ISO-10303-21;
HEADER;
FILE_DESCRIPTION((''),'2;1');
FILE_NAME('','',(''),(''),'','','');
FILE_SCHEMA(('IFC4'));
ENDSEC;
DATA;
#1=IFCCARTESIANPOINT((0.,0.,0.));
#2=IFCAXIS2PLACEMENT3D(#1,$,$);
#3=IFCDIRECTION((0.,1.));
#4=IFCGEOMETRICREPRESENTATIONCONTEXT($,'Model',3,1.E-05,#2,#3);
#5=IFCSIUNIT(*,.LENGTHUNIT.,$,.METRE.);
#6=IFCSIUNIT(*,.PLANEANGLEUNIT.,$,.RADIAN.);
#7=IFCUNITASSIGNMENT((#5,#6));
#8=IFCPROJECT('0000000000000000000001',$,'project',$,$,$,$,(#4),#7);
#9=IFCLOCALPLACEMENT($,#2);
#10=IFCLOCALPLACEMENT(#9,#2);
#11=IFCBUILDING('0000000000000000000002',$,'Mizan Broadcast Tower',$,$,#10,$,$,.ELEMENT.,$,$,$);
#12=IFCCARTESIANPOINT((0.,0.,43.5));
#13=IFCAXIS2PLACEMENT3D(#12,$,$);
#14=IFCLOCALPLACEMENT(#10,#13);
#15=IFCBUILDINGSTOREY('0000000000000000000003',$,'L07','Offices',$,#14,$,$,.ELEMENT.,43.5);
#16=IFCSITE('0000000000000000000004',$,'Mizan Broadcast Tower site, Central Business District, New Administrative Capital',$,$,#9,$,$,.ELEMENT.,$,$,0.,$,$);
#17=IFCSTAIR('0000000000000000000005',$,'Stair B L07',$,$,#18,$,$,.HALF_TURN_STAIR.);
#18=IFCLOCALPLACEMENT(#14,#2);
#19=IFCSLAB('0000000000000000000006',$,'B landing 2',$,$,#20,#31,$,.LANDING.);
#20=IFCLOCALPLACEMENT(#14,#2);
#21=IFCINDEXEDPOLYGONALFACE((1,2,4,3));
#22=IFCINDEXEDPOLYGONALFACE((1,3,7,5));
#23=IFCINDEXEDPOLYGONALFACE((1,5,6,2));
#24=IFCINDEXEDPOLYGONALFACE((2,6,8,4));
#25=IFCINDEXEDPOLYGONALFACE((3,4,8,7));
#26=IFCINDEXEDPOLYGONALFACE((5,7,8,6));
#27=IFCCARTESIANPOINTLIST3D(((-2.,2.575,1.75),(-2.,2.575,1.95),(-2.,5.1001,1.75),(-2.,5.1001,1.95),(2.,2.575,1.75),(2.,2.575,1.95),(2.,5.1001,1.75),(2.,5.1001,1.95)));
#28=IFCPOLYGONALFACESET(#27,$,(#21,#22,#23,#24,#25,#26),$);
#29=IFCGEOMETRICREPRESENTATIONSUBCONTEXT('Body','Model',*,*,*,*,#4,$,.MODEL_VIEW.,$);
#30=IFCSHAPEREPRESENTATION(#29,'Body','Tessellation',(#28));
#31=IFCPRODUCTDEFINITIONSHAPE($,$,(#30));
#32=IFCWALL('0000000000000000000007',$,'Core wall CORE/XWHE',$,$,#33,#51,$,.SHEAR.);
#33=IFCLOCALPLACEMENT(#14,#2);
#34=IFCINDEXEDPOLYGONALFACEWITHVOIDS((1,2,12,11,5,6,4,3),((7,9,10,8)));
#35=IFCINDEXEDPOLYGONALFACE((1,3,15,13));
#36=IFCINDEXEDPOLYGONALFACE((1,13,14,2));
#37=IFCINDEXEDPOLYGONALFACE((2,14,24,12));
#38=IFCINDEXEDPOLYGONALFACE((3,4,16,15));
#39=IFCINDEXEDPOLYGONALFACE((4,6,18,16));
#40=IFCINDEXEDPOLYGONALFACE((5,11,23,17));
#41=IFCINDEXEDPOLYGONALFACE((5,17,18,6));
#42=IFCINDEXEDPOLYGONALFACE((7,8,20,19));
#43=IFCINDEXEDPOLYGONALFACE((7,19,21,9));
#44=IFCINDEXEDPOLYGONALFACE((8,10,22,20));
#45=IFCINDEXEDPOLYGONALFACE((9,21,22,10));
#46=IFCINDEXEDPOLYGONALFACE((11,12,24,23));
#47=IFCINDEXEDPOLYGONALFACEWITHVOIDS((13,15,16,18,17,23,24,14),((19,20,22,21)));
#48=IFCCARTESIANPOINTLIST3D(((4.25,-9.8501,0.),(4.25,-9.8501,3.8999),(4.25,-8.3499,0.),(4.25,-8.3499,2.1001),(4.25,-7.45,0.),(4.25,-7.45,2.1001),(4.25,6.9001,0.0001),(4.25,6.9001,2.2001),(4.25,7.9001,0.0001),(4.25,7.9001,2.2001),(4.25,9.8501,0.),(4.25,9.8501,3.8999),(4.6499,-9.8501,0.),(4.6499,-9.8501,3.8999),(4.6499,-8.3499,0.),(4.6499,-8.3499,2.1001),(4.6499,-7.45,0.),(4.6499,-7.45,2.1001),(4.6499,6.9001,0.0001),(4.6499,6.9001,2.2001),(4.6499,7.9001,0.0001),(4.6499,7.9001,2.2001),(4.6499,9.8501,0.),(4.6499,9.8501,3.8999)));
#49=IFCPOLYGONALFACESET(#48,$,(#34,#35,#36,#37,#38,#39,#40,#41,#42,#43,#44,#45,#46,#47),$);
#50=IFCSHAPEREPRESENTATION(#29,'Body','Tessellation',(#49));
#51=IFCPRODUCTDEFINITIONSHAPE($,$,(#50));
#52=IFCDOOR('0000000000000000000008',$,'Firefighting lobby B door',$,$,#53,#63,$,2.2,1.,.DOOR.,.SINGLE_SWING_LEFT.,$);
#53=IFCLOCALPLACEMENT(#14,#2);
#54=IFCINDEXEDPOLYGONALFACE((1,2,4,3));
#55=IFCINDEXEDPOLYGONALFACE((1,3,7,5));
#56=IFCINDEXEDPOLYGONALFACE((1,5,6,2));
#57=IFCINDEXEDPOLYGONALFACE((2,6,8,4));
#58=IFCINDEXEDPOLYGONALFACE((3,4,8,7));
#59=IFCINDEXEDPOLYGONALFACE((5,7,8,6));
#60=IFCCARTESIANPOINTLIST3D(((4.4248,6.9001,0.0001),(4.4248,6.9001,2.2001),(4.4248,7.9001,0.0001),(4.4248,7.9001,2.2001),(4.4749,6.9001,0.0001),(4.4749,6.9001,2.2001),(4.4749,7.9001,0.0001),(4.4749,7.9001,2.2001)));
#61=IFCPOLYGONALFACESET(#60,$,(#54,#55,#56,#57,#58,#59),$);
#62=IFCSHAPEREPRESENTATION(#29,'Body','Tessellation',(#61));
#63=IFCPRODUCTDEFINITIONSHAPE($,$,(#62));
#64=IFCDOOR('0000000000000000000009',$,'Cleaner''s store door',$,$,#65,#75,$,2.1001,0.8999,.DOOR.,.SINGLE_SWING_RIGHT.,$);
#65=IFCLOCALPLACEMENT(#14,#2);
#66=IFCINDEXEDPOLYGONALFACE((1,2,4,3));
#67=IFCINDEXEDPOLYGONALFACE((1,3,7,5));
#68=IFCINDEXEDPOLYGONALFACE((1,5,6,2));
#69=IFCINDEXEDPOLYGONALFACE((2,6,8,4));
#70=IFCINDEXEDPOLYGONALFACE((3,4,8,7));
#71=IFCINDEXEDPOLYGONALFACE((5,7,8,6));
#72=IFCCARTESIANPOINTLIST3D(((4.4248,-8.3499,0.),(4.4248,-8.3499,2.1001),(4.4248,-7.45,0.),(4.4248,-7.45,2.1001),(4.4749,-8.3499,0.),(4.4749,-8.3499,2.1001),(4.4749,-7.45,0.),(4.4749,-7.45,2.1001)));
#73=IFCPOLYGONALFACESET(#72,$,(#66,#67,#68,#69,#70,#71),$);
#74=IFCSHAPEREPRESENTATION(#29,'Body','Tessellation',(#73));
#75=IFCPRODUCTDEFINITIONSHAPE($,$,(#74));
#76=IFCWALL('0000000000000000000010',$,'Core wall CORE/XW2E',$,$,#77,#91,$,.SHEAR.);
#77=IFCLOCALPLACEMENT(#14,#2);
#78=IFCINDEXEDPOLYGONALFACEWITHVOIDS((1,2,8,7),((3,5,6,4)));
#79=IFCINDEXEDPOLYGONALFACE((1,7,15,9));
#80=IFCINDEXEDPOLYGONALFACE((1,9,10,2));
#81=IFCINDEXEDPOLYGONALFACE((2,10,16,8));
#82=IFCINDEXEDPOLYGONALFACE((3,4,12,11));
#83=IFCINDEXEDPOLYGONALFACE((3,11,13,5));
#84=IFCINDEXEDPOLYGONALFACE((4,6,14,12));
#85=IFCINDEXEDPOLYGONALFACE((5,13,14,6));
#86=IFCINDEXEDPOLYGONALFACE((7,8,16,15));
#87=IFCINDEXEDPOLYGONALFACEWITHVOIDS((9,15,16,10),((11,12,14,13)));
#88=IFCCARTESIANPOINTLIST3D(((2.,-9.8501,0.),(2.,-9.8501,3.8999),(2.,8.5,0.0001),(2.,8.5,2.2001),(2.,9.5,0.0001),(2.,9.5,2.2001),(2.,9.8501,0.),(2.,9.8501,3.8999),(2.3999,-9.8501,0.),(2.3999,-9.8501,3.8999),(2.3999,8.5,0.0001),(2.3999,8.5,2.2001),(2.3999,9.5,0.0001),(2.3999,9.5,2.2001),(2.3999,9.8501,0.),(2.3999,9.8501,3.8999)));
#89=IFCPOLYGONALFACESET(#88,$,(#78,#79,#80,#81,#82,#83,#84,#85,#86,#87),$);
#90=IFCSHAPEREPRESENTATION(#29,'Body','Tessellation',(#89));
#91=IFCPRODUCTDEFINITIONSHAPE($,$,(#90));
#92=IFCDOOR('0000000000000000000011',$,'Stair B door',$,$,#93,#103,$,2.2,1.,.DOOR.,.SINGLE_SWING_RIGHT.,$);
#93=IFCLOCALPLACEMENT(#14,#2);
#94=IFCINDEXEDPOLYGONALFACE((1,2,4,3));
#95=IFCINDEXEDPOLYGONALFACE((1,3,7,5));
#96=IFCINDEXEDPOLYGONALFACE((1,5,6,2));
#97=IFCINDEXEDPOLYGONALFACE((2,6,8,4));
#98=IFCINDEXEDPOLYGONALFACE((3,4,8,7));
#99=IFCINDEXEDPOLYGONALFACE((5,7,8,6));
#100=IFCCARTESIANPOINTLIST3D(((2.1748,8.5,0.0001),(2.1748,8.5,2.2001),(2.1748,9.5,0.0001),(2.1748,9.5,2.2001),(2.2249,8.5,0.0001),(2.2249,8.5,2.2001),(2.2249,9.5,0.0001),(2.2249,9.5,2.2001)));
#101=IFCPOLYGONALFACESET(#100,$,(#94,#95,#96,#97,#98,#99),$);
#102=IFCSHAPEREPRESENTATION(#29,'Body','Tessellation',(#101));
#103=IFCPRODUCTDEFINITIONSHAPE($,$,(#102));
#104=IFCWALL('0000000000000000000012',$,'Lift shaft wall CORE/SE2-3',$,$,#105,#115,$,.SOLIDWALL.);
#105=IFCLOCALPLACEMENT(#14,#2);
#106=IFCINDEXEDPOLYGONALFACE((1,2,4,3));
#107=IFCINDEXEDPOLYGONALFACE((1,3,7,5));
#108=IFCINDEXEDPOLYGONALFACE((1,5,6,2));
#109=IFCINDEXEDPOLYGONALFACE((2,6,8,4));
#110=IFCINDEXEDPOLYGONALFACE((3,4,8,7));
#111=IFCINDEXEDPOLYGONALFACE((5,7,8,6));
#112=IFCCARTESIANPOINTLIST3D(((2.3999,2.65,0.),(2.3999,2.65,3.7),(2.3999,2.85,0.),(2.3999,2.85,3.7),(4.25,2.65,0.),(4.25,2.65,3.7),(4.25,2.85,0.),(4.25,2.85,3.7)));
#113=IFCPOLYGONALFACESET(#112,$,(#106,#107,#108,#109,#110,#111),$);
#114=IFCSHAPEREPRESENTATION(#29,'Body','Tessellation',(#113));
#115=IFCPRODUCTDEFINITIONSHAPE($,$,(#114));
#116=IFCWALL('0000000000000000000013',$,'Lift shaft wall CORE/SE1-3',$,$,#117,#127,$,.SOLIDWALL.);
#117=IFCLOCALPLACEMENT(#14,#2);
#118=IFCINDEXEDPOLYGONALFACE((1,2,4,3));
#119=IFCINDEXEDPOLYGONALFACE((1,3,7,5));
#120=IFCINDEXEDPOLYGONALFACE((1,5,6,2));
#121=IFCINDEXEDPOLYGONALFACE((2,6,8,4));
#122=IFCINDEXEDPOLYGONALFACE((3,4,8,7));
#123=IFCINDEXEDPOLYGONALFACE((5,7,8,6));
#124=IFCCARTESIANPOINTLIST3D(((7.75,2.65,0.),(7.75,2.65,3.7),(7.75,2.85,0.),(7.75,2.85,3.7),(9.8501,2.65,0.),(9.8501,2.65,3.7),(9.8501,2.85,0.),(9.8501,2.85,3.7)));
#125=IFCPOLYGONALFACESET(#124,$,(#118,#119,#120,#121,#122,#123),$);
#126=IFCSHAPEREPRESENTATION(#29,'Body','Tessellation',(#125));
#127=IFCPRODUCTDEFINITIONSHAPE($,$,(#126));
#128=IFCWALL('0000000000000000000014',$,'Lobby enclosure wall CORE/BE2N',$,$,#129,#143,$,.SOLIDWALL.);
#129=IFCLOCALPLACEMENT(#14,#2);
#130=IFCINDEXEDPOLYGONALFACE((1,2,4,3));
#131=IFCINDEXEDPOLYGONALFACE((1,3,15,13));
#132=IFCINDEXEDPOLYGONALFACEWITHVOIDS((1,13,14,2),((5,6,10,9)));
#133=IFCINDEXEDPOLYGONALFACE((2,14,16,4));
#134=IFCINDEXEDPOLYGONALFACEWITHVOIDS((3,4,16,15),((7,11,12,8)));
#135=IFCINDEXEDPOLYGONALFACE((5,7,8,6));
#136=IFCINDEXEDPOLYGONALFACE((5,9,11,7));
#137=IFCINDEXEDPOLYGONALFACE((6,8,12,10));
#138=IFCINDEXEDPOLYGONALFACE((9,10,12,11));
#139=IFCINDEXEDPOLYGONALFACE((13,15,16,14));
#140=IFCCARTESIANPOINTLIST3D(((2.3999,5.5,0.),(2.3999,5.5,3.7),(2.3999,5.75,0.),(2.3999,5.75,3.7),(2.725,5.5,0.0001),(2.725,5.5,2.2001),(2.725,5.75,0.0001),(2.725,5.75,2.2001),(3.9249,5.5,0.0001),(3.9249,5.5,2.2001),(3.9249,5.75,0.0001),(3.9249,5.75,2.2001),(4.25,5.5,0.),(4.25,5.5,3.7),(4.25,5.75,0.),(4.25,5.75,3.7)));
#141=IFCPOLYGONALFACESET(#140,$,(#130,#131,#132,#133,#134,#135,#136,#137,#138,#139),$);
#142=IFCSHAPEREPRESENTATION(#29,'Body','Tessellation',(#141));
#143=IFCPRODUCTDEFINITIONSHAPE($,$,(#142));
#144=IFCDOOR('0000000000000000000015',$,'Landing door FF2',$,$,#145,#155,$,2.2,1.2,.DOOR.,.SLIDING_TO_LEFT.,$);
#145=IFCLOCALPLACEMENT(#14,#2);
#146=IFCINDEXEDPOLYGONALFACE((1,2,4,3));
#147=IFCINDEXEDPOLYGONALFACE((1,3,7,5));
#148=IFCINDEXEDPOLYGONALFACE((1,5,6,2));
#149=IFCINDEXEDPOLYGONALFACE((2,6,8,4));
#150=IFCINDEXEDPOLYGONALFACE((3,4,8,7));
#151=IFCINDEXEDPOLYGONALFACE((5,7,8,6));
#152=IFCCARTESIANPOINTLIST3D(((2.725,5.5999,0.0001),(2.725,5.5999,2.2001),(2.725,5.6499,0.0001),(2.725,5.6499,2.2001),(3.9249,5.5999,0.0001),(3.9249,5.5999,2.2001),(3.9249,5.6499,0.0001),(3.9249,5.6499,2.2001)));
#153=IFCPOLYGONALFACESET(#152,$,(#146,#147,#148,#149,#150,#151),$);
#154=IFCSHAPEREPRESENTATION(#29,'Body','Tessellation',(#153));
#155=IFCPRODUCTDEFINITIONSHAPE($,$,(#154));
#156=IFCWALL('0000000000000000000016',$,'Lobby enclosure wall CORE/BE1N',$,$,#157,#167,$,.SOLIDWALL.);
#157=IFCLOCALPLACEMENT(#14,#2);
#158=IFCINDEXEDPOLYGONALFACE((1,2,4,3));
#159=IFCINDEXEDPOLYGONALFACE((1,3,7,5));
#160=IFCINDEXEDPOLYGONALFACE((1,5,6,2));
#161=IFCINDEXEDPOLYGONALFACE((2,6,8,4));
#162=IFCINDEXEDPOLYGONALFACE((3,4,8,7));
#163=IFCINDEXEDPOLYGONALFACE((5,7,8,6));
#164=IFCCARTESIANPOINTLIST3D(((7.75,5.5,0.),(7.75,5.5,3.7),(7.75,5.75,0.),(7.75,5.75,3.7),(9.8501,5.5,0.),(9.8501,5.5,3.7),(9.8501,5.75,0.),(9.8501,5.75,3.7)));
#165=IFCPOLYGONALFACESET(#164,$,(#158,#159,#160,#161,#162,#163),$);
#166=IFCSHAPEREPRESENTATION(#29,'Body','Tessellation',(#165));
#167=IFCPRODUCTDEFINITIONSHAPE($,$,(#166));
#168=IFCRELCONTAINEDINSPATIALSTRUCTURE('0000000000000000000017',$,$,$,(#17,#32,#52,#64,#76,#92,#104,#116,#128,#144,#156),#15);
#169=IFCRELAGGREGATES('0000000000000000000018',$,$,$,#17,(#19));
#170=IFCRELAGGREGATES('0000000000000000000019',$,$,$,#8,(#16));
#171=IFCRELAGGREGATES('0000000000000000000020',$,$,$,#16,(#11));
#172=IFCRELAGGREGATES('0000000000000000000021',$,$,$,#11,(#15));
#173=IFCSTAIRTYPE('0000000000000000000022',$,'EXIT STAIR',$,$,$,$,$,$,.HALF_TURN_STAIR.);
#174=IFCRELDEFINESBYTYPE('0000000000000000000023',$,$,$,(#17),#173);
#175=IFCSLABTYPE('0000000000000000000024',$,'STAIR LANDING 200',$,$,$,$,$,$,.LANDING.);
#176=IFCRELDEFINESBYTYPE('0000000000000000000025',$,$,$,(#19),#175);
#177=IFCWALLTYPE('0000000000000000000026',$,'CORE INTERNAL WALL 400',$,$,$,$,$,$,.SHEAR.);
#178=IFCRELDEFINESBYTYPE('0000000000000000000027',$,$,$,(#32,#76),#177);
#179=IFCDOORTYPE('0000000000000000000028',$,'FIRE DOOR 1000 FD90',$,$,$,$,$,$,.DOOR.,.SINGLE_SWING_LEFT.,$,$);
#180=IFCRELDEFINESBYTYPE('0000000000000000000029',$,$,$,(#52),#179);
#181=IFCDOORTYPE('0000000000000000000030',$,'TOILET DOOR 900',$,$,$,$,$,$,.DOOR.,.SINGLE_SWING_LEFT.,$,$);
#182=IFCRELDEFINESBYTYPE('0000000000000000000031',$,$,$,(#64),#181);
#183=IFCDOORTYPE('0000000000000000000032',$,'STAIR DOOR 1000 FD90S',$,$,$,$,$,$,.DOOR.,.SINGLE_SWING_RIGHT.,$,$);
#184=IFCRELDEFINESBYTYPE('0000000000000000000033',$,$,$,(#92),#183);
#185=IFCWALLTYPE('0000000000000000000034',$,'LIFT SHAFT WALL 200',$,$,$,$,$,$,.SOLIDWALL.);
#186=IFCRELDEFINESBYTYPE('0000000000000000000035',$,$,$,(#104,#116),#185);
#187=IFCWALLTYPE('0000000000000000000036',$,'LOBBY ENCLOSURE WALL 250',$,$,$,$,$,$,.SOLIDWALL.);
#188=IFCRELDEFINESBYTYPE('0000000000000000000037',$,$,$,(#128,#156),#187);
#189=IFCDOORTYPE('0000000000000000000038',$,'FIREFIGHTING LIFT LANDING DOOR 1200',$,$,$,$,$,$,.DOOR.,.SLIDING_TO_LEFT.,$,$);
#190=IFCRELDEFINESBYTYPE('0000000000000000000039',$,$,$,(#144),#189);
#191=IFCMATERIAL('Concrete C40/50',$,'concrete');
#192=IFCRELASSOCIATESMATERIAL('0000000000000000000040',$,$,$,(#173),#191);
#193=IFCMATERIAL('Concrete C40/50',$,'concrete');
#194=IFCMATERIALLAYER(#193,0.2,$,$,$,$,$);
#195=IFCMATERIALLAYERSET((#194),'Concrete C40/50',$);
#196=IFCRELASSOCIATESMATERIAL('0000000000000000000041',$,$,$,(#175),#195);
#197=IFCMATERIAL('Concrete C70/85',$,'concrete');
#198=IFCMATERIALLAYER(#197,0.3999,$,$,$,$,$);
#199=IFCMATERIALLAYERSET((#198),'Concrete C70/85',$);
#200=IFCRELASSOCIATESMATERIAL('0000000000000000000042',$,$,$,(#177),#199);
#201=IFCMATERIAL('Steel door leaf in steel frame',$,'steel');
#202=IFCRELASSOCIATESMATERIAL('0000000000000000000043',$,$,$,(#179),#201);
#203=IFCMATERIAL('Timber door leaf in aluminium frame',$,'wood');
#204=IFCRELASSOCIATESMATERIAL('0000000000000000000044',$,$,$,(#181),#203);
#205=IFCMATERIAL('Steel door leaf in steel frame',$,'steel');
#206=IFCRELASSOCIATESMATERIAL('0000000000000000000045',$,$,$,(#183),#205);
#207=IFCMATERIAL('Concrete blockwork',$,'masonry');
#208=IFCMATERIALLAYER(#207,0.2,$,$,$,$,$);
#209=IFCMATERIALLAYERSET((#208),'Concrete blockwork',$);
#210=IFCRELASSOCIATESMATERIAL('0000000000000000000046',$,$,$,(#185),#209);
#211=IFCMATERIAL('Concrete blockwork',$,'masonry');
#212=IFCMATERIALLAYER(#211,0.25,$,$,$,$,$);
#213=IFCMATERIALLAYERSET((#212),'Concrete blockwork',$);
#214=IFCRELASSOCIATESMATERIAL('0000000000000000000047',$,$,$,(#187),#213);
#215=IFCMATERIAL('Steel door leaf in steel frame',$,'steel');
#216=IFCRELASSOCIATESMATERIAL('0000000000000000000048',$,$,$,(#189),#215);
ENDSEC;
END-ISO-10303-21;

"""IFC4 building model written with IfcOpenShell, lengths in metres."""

from ifc_helpers import new_model, si_unit, direction, frame, frame_2d, origin, place, context, subcontext, project, spatial, polyline, rectangle, outline, extrude, material, layer, layer_set, type_object, element, fill, aggregate, save


model = new_model("IFC4")

# Units and contexts
model_context = context("Model", 3, precision=1e-05, world=origin(), true_north=direction((0.0, 1.0)))
body_context = subcontext(model_context, "Body", "Model", "MODEL_VIEW")
ifc_project = project(units=[si_unit("LENGTHUNIT", "METRE"), si_unit("PLANEANGLEUNIT", "RADIAN")], contexts=[model_context])

# Site, building, storey
site_placement = place(None, origin())
site = spatial("IfcSite", under=ifc_project, at=site_placement, Name="Mizan Broadcast Tower site, Central Business District, New Administrative Capital", CompositionType="ELEMENT", RefElevation=0.0)
building_placement = place(site_placement, origin())
building = spatial("IfcBuilding", under=site, at=building_placement, Name="Mizan Broadcast Tower", CompositionType="ELEMENT")
storey_placement = place(building_placement, frame((0.0, 0.0, 43.5)))
storey = spatial("IfcBuildingStorey", under=building, at=storey_placement, Name="L07", Description="Offices", CompositionType="ELEMENT", Elevation=43.5)

# Stair, slab
ifc_material_1 = material(Name="Concrete C40/50", Category="concrete")
stair_type = type_object("IfcStairType", Name="EXIT STAIR", PredefinedType="HALF_TURN_STAIR", material=ifc_material_1)
ifc_material_2 = material(Name="Concrete C40/50", Category="concrete")
ifc_layer_1 = layer(ifc_material_2, 0.2)
ifc_layer_set_1 = layer_set([ifc_layer_1], Name="Concrete C40/50")
slab_type = type_object("IfcSlabType", Name="STAIR LANDING 200", PredefinedType="LANDING", material=ifc_layer_set_1)
stair_1_placement = place(storey_placement, origin())
stair_1 = element("IfcStair", 1, at=stair_1_placement, inside=storey, type_object=stair_type, Name="Stair B L07", PredefinedType="HALF_TURN_STAIR")
slab_1_placement = place(storey_placement, frame((0.0, 0.0, 1.75)))
slab_1 = element("IfcSlab", 2, at=slab_1_placement, type_object=slab_type, Name="B landing 2", PredefinedType="LANDING", context=body_context, shape_type="SweptSolid", body=[
    extrude(outline(polyline([(2.0, 5.1001), (2.0, 2.575), (-2.0, 2.575), (-2.0, 5.1001), (2.0, 5.1001)])), origin(), (0.0, 0.0, 1.0), 0.2),
])

# Wall, openings, doors
ifc_material_3 = material(Name="Concrete C70/85", Category="concrete")
ifc_layer_2 = layer(ifc_material_3, 0.3999)
ifc_layer_set_2 = layer_set([ifc_layer_2], Name="Concrete C70/85")
wall_type_1 = type_object("IfcWallType", Name="CORE INTERNAL WALL 400", PredefinedType="SHEAR", material=ifc_layer_set_2)
wall_1_placement = place(storey_placement, frame((4.45, 9.8501, 0.0), z_axis=(0.0, 0.0, 1.0), x_axis=(0.0, -1.0, 0.0)))
wall_1 = element("IfcWall", 3, at=wall_1_placement, inside=storey, type_object=wall_type_1, Name="Core wall CORE/XWHE", PredefinedType="SHEAR", context=body_context, shape_type="SweptSolid", body=[
    extrude(rectangle(XDim=19.7002, YDim=0.3999, at=frame_2d((9.8501, 0.0))), origin(), (0.0, 0.0, 1.0), 3.8999),
])
opening_1_placement = place(wall_1_placement, frame((1.95, 0.0, 0.0)))
opening_1 = element("IfcOpeningElement", 4, at=opening_1_placement, cuts=wall_1, PredefinedType="OPENING", context=body_context, shape_type="SweptSolid", body=[
    extrude(rectangle(XDim=1.0, YDim=2.2, at=frame_2d((0.5, 1.1001))), frame((0.0, 0.21, 0.0), z_axis=(0.0, -1.0, 0.0), x_axis=(1.0, 0.0, 0.0)), (0.0, 0.0, 1.0), 0.4199),
])
opening_2_placement = place(wall_1_placement, frame((17.3, 0.0, 0.0)))
opening_2 = element("IfcOpeningElement", 5, at=opening_2_placement, cuts=wall_1, PredefinedType="OPENING", context=body_context, shape_type="SweptSolid", body=[
    extrude(rectangle(XDim=0.8999, YDim=2.1001, at=frame_2d((0.45, 1.05))), frame((0.0, 0.21, 0.0), z_axis=(0.0, -1.0, 0.0), x_axis=(1.0, 0.0, 0.0)), (0.0, 0.0, 1.0), 0.4199),
])
ifc_material_4 = material(Name="Steel door leaf in steel frame", Category="steel")
door_type_1 = type_object("IfcDoorType", Name="FIRE DOOR 1000 FD90", OperationType="SINGLE_SWING_LEFT", PredefinedType="DOOR", material=ifc_material_4)
door_1_placement = place(opening_1_placement, origin())
door_1 = element("IfcDoor", 6, at=door_1_placement, inside=storey, type_object=door_type_1, Name="Firefighting lobby B door", OperationType="SINGLE_SWING_LEFT", OverallHeight=2.2, OverallWidth=1.0, PredefinedType="DOOR", context=body_context, shape_type="SweptSolid", body=[
    extrude(rectangle(XDim=1.0, YDim=2.2, at=frame_2d((0.5, 1.1001))), frame((0.0, 0.0249, 0.0), z_axis=(0.0, -1.0, 0.0), x_axis=(1.0, 0.0, 0.0)), (0.0, 0.0, 1.0), 0.05),
])
fill(opening_1, door_1)
ifc_material_5 = material(Name="Timber door leaf in aluminium frame", Category="wood")
door_type_2 = type_object("IfcDoorType", Name="TOILET DOOR 900", OperationType="SINGLE_SWING_LEFT", PredefinedType="DOOR", material=ifc_material_5)
door_2_placement = place(opening_2_placement, origin())
door_2 = element("IfcDoor", 7, at=door_2_placement, inside=storey, type_object=door_type_2, Name="Cleaner's store door", OperationType="SINGLE_SWING_RIGHT", OverallHeight=2.1001, OverallWidth=0.8999, PredefinedType="DOOR", context=body_context, shape_type="SweptSolid", body=[
    extrude(rectangle(XDim=0.8999, YDim=2.1001, at=frame_2d((0.45, 1.05))), frame((0.0, 0.0249, 0.0), z_axis=(0.0, -1.0, 0.0), x_axis=(1.0, 0.0, 0.0)), (0.0, 0.0, 1.0), 0.05),
])
fill(opening_2, door_2)

# Wall, opening, door
wall_2_placement = place(storey_placement, frame((2.2, 9.8501, 0.0), z_axis=(0.0, 0.0, 1.0), x_axis=(0.0, -1.0, 0.0)))
wall_2 = element("IfcWall", 8, at=wall_2_placement, inside=storey, type_object=wall_type_1, Name="Core wall CORE/XW2E", PredefinedType="SHEAR", context=body_context, shape_type="SweptSolid", body=[
    extrude(rectangle(XDim=19.7002, YDim=0.3999, at=frame_2d((9.8501, 0.0))), origin(), (0.0, 0.0, 1.0), 3.8999),
])
opening_3_placement = place(wall_2_placement, frame((0.3501, 0.0, 0.0)))
opening_3 = element("IfcOpeningElement", 9, at=opening_3_placement, cuts=wall_2, PredefinedType="OPENING", context=body_context, shape_type="SweptSolid", body=[
    extrude(rectangle(XDim=1.0, YDim=2.2, at=frame_2d((0.5, 1.1001))), frame((0.0, 0.21, 0.0), z_axis=(0.0, -1.0, 0.0), x_axis=(1.0, 0.0, 0.0)), (0.0, 0.0, 1.0), 0.4199),
])
ifc_material_6 = material(Name="Steel door leaf in steel frame", Category="steel")
door_type_3 = type_object("IfcDoorType", Name="STAIR DOOR 1000 FD90S", OperationType="SINGLE_SWING_RIGHT", PredefinedType="DOOR", material=ifc_material_6)
door_3_placement = place(opening_3_placement, origin())
door_3 = element("IfcDoor", 10, at=door_3_placement, inside=storey, type_object=door_type_3, Name="Stair B door", OperationType="SINGLE_SWING_RIGHT", OverallHeight=2.2, OverallWidth=1.0, PredefinedType="DOOR", context=body_context, shape_type="SweptSolid", body=[
    extrude(rectangle(XDim=1.0, YDim=2.2, at=frame_2d((0.5, 1.1001))), frame((0.0, 0.0249, 0.0), z_axis=(0.0, -1.0, 0.0), x_axis=(1.0, 0.0, 0.0)), (0.0, 0.0, 1.0), 0.05),
])
fill(opening_3, door_3)

# Walls
ifc_material_7 = material(Name="Concrete blockwork", Category="masonry")
ifc_layer_3 = layer(ifc_material_7, 0.2)
ifc_layer_set_3 = layer_set([ifc_layer_3], Name="Concrete blockwork")
wall_type_2 = type_object("IfcWallType", Name="LIFT SHAFT WALL 200", PredefinedType="SOLIDWALL", material=ifc_layer_set_3)
wall_3_placement = place(storey_placement, frame((2.3999, 2.75, 0.0), z_axis=(0.0, 0.0, 1.0), x_axis=(1.0, 0.0, 0.0)))
element("IfcWall", 11, at=wall_3_placement, inside=storey, type_object=wall_type_2, Name="Lift shaft wall CORE/SE2-3", PredefinedType="SOLIDWALL", context=body_context, shape_type="SweptSolid", body=[
    extrude(rectangle(XDim=1.8501, YDim=0.2, at=frame_2d((0.925, 0.0))), origin(), (0.0, 0.0, 1.0), 3.7),
])
wall_4_placement = place(storey_placement, frame((7.75, 2.75, 0.0), z_axis=(0.0, 0.0, 1.0), x_axis=(1.0, 0.0, 0.0)))
element("IfcWall", 12, at=wall_4_placement, inside=storey, type_object=wall_type_2, Name="Lift shaft wall CORE/SE1-3", PredefinedType="SOLIDWALL", context=body_context, shape_type="SweptSolid", body=[
    extrude(rectangle(XDim=2.1001, YDim=0.2, at=frame_2d((1.05, 0.0))), origin(), (0.0, 0.0, 1.0), 3.7),
])

# Wall, opening, door
ifc_material_8 = material(Name="Concrete blockwork", Category="masonry")
ifc_layer_4 = layer(ifc_material_8, 0.25)
ifc_layer_set_4 = layer_set([ifc_layer_4], Name="Concrete blockwork")
wall_type_3 = type_object("IfcWallType", Name="LOBBY ENCLOSURE WALL 250", PredefinedType="SOLIDWALL", material=ifc_layer_set_4)
wall_5_placement = place(storey_placement, frame((2.3999, 5.625, 0.0), z_axis=(0.0, 0.0, 1.0), x_axis=(1.0, 0.0, 0.0)))
wall_5 = element("IfcWall", 13, at=wall_5_placement, inside=storey, type_object=wall_type_3, Name="Lobby enclosure wall CORE/BE2N", PredefinedType="SOLIDWALL", context=body_context, shape_type="SweptSolid", body=[
    extrude(rectangle(XDim=1.8501, YDim=0.25, at=frame_2d((0.925, 0.0))), origin(), (0.0, 0.0, 1.0), 3.7),
])
opening_4_placement = place(wall_5_placement, frame((0.325, 0.0, 0.0)))
opening_4 = element("IfcOpeningElement", 14, at=opening_4_placement, cuts=wall_5, PredefinedType="OPENING", context=body_context, shape_type="SweptSolid", body=[
    extrude(rectangle(XDim=1.2, YDim=2.2, at=frame_2d((0.6001, 1.1001))), frame((0.0, 0.135, 0.0), z_axis=(0.0, -1.0, 0.0), x_axis=(1.0, 0.0, 0.0)), (0.0, 0.0, 1.0), 0.27),
])
ifc_material_9 = material(Name="Steel door leaf in steel frame", Category="steel")
door_type_4 = type_object("IfcDoorType", Name="FIREFIGHTING LIFT LANDING DOOR 1200", OperationType="SLIDING_TO_LEFT", PredefinedType="DOOR", material=ifc_material_9)
door_4_placement = place(opening_4_placement, origin())
door_4 = element("IfcDoor", 15, at=door_4_placement, inside=storey, type_object=door_type_4, Name="Landing door FF2", OperationType="SLIDING_TO_LEFT", OverallHeight=2.2, OverallWidth=1.2, PredefinedType="DOOR", context=body_context, shape_type="SweptSolid", body=[
    extrude(rectangle(XDim=1.2, YDim=2.2, at=frame_2d((0.6001, 1.1001))), frame((0.0, 0.0249, 0.0), z_axis=(0.0, -1.0, 0.0), x_axis=(1.0, 0.0, 0.0)), (0.0, 0.0, 1.0), 0.05),
])
fill(opening_4, door_4)

# Wall
wall_6_placement = place(storey_placement, frame((7.75, 5.625, 0.0), z_axis=(0.0, 0.0, 1.0), x_axis=(1.0, 0.0, 0.0)))
element("IfcWall", 16, at=wall_6_placement, inside=storey, type_object=wall_type_3, Name="Lobby enclosure wall CORE/BE1N", PredefinedType="SOLIDWALL", context=body_context, shape_type="SweptSolid", body=[
    extrude(rectangle(XDim=2.1001, YDim=0.25, at=frame_2d((1.05, 0.0))), origin(), (0.0, 0.0, 1.0), 3.7),
])

aggregate(stair_1, [slab_1])

save(model, "model.ifc")
